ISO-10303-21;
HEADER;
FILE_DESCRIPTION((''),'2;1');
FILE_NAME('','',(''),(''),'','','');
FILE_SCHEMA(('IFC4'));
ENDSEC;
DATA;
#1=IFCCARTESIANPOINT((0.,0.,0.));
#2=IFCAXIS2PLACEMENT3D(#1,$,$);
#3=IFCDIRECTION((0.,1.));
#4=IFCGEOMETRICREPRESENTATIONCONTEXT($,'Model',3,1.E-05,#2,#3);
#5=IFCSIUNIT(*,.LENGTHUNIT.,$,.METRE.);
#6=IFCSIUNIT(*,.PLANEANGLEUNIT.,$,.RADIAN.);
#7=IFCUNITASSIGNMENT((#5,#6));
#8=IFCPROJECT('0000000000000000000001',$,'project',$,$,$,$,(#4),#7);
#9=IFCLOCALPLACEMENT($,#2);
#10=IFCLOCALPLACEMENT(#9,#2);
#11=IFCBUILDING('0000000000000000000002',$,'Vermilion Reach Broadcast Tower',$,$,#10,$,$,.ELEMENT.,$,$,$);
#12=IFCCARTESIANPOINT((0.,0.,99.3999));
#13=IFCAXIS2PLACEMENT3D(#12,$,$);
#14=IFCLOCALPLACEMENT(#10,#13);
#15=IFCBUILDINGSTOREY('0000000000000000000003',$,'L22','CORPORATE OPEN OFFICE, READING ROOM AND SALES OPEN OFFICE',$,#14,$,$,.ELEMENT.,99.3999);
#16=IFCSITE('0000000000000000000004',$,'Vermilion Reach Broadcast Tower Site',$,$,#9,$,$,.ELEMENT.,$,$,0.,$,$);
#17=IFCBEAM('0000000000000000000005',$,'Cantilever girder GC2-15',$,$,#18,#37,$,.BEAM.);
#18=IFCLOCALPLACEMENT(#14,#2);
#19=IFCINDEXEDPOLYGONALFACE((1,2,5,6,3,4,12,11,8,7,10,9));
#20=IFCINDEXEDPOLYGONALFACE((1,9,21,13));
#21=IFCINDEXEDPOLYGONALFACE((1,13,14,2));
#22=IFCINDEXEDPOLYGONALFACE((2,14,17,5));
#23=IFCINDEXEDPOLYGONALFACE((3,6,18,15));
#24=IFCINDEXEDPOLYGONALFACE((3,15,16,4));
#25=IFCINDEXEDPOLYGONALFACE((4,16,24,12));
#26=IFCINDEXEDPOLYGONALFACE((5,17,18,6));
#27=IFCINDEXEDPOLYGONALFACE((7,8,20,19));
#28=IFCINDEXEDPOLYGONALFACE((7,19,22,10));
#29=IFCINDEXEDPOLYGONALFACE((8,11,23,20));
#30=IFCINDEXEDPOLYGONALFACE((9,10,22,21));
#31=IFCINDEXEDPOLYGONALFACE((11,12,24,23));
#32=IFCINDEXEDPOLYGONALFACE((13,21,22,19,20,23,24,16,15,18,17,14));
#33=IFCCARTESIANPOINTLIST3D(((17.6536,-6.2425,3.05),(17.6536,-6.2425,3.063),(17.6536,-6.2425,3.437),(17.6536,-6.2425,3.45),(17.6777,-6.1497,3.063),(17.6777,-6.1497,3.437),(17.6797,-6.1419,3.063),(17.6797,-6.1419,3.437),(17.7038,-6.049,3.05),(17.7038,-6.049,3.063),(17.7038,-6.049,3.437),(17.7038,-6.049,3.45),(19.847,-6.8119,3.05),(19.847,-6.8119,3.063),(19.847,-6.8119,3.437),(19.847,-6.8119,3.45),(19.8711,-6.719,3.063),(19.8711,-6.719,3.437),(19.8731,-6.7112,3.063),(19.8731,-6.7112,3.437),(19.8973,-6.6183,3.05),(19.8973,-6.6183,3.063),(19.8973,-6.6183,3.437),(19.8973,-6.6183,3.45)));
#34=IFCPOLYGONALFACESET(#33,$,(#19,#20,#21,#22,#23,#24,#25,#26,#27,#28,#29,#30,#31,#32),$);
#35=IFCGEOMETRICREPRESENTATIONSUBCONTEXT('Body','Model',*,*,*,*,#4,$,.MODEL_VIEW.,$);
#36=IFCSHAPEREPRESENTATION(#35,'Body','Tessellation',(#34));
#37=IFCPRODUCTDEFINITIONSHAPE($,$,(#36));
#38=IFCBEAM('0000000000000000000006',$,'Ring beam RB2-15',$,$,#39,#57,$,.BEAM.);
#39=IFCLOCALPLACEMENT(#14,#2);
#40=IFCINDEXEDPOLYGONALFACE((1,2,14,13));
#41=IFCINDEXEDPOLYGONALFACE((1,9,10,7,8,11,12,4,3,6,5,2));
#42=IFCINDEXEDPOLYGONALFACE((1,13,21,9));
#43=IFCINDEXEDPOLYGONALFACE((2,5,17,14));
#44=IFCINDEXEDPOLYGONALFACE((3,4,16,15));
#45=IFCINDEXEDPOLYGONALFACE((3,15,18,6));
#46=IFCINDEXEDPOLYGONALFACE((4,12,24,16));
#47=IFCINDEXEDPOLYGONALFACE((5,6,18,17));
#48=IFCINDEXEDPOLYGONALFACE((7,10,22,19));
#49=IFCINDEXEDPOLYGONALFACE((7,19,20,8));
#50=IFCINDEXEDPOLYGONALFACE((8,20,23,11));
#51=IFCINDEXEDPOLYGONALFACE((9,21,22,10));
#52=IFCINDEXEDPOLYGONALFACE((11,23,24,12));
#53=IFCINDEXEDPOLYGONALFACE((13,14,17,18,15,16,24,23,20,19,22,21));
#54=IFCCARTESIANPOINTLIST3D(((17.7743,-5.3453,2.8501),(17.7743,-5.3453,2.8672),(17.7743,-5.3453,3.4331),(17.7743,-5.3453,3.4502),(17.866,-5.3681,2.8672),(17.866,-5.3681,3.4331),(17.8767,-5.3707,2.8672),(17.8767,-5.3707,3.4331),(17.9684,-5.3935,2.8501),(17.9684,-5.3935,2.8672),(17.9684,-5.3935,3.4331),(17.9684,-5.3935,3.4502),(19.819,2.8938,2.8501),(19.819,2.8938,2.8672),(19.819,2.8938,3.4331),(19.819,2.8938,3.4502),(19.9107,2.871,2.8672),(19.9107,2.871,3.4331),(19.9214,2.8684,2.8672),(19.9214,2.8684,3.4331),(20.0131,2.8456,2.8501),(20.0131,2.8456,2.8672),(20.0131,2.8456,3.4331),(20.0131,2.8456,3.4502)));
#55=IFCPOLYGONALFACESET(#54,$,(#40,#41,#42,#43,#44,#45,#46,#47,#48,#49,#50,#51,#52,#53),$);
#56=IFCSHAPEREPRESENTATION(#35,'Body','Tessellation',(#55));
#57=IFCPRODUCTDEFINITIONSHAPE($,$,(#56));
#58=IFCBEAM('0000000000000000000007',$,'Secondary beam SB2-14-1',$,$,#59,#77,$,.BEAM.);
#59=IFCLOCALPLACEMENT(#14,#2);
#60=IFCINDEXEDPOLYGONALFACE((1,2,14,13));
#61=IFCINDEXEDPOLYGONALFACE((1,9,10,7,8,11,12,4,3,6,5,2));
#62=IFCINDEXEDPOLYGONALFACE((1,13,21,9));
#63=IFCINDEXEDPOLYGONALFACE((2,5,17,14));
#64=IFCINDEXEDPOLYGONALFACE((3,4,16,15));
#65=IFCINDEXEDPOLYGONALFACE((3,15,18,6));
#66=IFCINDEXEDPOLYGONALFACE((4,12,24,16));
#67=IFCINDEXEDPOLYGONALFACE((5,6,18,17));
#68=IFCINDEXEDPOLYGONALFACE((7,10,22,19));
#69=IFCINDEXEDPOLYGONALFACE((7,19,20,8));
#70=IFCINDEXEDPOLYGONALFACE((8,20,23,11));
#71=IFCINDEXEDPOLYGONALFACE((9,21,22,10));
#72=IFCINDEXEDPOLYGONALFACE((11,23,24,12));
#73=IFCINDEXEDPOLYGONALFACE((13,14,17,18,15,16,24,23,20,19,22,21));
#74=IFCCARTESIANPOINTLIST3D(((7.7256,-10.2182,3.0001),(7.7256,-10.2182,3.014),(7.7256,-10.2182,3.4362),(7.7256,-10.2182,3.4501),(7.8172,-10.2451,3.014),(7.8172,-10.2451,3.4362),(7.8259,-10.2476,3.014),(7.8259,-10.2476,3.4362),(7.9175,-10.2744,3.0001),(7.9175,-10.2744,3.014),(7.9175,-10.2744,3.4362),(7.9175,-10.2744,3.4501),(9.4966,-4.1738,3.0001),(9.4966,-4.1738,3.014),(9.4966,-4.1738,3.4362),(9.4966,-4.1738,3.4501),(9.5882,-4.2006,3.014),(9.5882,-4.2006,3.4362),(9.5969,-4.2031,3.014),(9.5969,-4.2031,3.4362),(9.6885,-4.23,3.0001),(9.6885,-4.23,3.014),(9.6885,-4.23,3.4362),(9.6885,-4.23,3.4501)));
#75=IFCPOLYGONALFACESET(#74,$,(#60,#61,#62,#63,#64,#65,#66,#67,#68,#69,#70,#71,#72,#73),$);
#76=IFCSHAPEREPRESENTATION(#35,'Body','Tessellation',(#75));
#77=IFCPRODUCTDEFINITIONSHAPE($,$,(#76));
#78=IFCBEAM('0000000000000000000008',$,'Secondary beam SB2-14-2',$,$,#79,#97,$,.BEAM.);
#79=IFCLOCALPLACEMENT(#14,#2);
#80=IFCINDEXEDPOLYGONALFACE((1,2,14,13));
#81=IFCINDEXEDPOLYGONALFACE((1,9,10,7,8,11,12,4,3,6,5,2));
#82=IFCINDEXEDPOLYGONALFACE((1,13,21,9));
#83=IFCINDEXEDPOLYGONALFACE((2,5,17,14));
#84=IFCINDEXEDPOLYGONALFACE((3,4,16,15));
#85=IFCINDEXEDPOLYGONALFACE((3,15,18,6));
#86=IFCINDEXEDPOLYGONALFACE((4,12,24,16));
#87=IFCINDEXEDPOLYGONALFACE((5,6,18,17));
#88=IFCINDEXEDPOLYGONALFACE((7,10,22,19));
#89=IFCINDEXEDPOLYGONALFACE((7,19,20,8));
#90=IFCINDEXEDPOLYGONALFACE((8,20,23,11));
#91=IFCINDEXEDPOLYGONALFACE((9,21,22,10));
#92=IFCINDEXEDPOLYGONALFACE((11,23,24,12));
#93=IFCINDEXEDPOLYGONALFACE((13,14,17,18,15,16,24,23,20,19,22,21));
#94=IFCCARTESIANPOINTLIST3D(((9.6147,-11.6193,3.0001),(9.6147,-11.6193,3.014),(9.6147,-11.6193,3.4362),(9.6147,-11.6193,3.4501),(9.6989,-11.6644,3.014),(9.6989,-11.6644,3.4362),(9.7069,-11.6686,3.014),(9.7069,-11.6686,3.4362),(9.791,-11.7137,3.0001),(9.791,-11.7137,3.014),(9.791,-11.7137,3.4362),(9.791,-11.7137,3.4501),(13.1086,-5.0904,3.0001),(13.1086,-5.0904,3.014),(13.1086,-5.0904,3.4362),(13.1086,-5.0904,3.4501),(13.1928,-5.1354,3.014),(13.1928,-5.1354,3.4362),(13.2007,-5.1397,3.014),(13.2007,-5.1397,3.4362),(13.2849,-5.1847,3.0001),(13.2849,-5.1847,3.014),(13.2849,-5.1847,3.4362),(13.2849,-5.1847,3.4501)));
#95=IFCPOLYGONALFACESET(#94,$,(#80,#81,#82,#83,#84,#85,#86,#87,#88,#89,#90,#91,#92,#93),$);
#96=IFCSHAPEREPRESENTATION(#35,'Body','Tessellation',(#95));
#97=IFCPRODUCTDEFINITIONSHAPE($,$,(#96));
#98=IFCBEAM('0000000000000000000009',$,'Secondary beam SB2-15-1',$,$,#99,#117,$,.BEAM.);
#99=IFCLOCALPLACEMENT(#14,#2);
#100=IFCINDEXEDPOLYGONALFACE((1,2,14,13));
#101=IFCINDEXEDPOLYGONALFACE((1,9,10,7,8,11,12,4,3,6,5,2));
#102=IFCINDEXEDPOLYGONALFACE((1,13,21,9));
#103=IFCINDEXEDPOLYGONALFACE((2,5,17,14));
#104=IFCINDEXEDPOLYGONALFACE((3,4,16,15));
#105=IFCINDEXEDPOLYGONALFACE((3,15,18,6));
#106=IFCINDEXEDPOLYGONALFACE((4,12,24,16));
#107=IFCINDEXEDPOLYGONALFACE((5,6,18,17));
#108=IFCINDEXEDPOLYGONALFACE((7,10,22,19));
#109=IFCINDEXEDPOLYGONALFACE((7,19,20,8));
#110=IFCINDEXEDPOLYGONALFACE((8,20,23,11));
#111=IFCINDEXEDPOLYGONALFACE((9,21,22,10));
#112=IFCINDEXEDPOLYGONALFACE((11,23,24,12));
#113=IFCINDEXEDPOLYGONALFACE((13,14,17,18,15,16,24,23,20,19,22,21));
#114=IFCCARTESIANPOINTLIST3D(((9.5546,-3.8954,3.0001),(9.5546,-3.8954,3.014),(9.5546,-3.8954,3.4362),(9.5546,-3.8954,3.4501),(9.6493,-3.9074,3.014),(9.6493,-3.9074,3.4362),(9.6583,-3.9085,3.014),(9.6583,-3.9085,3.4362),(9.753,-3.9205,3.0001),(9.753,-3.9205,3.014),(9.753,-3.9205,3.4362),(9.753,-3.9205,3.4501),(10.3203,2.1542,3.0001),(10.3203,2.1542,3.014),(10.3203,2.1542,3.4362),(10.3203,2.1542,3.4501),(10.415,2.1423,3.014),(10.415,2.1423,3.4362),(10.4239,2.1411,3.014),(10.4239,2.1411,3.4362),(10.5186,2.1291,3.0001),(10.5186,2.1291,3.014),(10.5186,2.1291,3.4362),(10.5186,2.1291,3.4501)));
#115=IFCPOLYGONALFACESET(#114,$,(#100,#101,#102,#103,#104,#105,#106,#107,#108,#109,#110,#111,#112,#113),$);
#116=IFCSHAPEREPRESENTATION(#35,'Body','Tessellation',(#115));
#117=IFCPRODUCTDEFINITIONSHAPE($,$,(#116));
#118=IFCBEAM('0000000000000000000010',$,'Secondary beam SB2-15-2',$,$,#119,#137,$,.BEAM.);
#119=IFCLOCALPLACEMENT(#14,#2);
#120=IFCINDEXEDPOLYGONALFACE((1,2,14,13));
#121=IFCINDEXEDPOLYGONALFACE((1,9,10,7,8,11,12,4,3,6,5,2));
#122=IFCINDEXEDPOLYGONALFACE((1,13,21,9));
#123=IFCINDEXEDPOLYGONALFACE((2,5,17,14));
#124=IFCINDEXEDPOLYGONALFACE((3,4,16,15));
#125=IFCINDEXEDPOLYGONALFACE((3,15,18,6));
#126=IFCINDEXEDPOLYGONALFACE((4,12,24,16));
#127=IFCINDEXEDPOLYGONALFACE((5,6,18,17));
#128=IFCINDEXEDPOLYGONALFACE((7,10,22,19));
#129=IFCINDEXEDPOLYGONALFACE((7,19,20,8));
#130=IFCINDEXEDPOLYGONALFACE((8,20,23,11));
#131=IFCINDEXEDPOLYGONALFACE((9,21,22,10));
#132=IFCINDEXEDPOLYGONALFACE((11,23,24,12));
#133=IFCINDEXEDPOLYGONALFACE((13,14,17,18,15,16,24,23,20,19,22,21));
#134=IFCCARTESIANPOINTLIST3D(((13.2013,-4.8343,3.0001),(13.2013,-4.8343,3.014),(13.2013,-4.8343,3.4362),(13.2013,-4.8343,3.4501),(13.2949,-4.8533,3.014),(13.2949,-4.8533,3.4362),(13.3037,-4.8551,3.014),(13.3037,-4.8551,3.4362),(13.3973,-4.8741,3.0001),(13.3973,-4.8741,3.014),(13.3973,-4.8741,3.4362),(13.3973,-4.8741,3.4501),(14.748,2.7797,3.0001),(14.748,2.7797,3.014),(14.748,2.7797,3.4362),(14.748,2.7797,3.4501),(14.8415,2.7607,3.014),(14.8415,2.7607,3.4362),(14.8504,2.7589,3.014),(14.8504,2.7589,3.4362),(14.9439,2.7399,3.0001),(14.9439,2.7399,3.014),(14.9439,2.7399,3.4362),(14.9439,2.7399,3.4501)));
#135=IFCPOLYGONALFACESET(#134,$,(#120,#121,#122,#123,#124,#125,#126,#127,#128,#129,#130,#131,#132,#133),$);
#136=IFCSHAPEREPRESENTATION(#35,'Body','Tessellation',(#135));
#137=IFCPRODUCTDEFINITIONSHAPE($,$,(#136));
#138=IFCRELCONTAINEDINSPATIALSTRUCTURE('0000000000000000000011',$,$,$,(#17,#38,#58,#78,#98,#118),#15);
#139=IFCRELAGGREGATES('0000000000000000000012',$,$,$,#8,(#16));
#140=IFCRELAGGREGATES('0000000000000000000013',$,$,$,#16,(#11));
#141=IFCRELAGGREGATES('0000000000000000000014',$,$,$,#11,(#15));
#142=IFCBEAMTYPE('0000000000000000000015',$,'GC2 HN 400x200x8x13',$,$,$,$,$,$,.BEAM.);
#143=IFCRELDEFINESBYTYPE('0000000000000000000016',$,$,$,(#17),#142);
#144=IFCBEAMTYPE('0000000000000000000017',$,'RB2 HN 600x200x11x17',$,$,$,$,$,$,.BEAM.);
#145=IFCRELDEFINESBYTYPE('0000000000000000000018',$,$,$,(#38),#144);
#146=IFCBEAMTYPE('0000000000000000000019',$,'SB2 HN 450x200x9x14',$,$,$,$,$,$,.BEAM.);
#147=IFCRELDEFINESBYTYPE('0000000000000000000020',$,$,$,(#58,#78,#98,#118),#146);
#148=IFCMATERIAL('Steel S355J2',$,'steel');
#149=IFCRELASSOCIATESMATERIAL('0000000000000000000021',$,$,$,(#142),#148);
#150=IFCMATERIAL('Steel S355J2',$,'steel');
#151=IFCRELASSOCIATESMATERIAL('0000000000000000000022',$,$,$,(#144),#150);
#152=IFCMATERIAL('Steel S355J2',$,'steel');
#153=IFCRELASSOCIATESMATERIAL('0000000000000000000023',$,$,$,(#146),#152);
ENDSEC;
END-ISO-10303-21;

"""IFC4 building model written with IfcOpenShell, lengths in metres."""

from ifc_helpers import new_model, si_unit, direction, frame, origin, origin_2d, place, context, subcontext, project, spatial, i_section, extrude, material, material_profile, profile_set, type_object, element, save


model = new_model("IFC4")

# Units and contexts
model_context = context("Model", 3, precision=1e-05, world=origin(), true_north=direction((0.0, 1.0)))
body_context = subcontext(model_context, "Body", "Model", "MODEL_VIEW")
ifc_project = project(units=[si_unit("LENGTHUNIT", "METRE"), si_unit("PLANEANGLEUNIT", "RADIAN")], contexts=[model_context])

# Site, building, storey
site_placement = place(None, origin())
site = spatial("IfcSite", under=ifc_project, at=site_placement, Name="Vermilion Reach Broadcast Tower Site", CompositionType="ELEMENT", RefElevation=0.0)
building_placement = place(site_placement, origin())
building = spatial("IfcBuilding", under=site, at=building_placement, Name="Vermilion Reach Broadcast Tower", CompositionType="ELEMENT")
storey_placement = place(building_placement, frame((0.0, 0.0, 99.3999)))
storey = spatial("IfcBuildingStorey", under=building, at=storey_placement, Name="L22", Description="CORPORATE OPEN OFFICE, READING ROOM AND SALES OPEN OFFICE", CompositionType="ELEMENT", Elevation=99.3999)

# Beams
ifc_material_1 = material(Name="Steel S355J2", Category="steel")
ifc_material_profile_1 = material_profile(ifc_material_1, i_section(OverallWidth=0.2, OverallDepth=0.3999, WebThickness=0.0081, FlangeThickness=0.0129, at=origin_2d()), Name="S355J2 HN 400x200x8x13")
ifc_profile_set_1 = profile_set([ifc_material_profile_1], Name="Steel S355J2")
beam_type_1 = type_object("IfcBeamType", Name="GC2 HN 400x200x8x13", PredefinedType="BEAM", material=ifc_profile_set_1)
beam_1_placement = place(storey_placement, frame((17.6787, -6.1458, 3.25), z_axis=(0.967923, -0.251246, 0.0), x_axis=(0.251246, 0.967923, 0.0)))
element("IfcBeam", 1, at=beam_1_placement, inside=storey, type_object=beam_type_1, Name="Cantilever girder GC2-15", PredefinedType="BEAM", context=body_context, shape_type="SweptSolid", body=[
    extrude(i_section(OverallWidth=0.2, OverallDepth=0.3999, WebThickness=0.0081, FlangeThickness=0.0129, at=origin_2d()), origin(), (0.0, 0.0, 1.0), 2.2661),
])
ifc_material_2 = material(Name="Steel S355J2", Category="steel")
ifc_material_profile_2 = material_profile(ifc_material_2, i_section(OverallWidth=0.2, OverallDepth=0.6001, WebThickness=0.011, FlangeThickness=0.0171, at=origin_2d()), Name="S355J2 HN 600x200x11x17")
ifc_profile_set_2 = profile_set([ifc_material_profile_2], Name="Steel S355J2")
beam_type_2 = type_object("IfcBeamType", Name="RB2 HN 600x200x11x17", PredefinedType="BEAM", material=ifc_profile_set_2)
beam_2_placement = place(storey_placement, frame((17.8713, -5.3694, 3.1501), z_axis=(0.240864, 0.970559, 0.0), x_axis=(-0.970559, 0.240864, 0.0)))
element("IfcBeam", 2, at=beam_2_placement, inside=storey, type_object=beam_type_2, Name="Ring beam RB2-15", PredefinedType="BEAM", context=body_context, shape_type="SweptSolid", body=[
    extrude(i_section(OverallWidth=0.2, OverallDepth=0.6001, WebThickness=0.011, FlangeThickness=0.0171, at=origin_2d()), origin(), (0.0, 0.0, 1.0), 8.489),
])
ifc_material_3 = material(Name="Steel S355J2", Category="steel")
ifc_material_profile_3 = material_profile(ifc_material_3, i_section(OverallWidth=0.2, OverallDepth=0.45, WebThickness=0.009, FlangeThickness=0.0139, at=origin_2d()), Name="S355J2 HN 450x200x9x14")
ifc_profile_set_3 = profile_set([ifc_material_profile_3], Name="Steel S355J2")
beam_type_3 = type_object("IfcBeamType", Name="SB2 HN 450x200x9x14", PredefinedType="BEAM", material=ifc_profile_set_3)
beam_3_placement = place(storey_placement, frame((7.8215, -10.2463, 3.2251), z_axis=(0.281176, 0.959656, 0.0), x_axis=(-0.959656, 0.281176, 0.0)))
element("IfcBeam", 3, at=beam_3_placement, inside=storey, type_object=beam_type_3, Name="Secondary beam SB2-14-1", PredefinedType="BEAM", context=body_context, shape_type="SweptSolid", body=[
    extrude(i_section(OverallWidth=0.2, OverallDepth=0.45, WebThickness=0.009, FlangeThickness=0.0139, at=origin_2d()), origin(), (0.0, 0.0, 1.0), 6.2986),
])
beam_4_placement = place(storey_placement, frame((9.7029, -11.6665, 3.2251), z_axis=(0.471822, 0.881694, 0.0), x_axis=(-0.881694, 0.471822, 0.0)))
element("IfcBeam", 4, at=beam_4_placement, inside=storey, type_object=beam_type_3, Name="Secondary beam SB2-14-2", PredefinedType="BEAM", context=body_context, shape_type="SweptSolid", body=[
    extrude(i_section(OverallWidth=0.2, OverallDepth=0.45, WebThickness=0.009, FlangeThickness=0.0139, at=origin_2d()), origin(), (0.0, 0.0, 1.0), 7.405),
])
beam_5_placement = place(storey_placement, frame((9.6538, -3.908, 3.2251), z_axis=(0.125557, 0.992086, 0.0), x_axis=(-0.992086, 0.125557, 0.0)))
element("IfcBeam", 5, at=beam_5_placement, inside=storey, type_object=beam_type_3, Name="Secondary beam SB2-15-1", PredefinedType="BEAM", context=body_context, shape_type="SweptSolid", body=[
    extrude(i_section(OverallWidth=0.2, OverallDepth=0.45, WebThickness=0.009, FlangeThickness=0.0139, at=origin_2d()), origin(), (0.0, 0.0, 1.0), 6.0979),
])
beam_6_placement = place(storey_placement, frame((13.2993, -4.8542, 3.2251), z_axis=(0.199064, 0.979986, 0.0), x_axis=(-0.979986, 0.199064, 0.0)))
element("IfcBeam", 6, at=beam_6_placement, inside=storey, type_object=beam_type_3, Name="Secondary beam SB2-15-2", PredefinedType="BEAM", context=body_context, shape_type="SweptSolid", body=[
    extrude(i_section(OverallWidth=0.2, OverallDepth=0.45, WebThickness=0.009, FlangeThickness=0.0139, at=origin_2d()), origin(), (0.0, 0.0, 1.0), 7.7695),
])

save(model, "model.ifc")
